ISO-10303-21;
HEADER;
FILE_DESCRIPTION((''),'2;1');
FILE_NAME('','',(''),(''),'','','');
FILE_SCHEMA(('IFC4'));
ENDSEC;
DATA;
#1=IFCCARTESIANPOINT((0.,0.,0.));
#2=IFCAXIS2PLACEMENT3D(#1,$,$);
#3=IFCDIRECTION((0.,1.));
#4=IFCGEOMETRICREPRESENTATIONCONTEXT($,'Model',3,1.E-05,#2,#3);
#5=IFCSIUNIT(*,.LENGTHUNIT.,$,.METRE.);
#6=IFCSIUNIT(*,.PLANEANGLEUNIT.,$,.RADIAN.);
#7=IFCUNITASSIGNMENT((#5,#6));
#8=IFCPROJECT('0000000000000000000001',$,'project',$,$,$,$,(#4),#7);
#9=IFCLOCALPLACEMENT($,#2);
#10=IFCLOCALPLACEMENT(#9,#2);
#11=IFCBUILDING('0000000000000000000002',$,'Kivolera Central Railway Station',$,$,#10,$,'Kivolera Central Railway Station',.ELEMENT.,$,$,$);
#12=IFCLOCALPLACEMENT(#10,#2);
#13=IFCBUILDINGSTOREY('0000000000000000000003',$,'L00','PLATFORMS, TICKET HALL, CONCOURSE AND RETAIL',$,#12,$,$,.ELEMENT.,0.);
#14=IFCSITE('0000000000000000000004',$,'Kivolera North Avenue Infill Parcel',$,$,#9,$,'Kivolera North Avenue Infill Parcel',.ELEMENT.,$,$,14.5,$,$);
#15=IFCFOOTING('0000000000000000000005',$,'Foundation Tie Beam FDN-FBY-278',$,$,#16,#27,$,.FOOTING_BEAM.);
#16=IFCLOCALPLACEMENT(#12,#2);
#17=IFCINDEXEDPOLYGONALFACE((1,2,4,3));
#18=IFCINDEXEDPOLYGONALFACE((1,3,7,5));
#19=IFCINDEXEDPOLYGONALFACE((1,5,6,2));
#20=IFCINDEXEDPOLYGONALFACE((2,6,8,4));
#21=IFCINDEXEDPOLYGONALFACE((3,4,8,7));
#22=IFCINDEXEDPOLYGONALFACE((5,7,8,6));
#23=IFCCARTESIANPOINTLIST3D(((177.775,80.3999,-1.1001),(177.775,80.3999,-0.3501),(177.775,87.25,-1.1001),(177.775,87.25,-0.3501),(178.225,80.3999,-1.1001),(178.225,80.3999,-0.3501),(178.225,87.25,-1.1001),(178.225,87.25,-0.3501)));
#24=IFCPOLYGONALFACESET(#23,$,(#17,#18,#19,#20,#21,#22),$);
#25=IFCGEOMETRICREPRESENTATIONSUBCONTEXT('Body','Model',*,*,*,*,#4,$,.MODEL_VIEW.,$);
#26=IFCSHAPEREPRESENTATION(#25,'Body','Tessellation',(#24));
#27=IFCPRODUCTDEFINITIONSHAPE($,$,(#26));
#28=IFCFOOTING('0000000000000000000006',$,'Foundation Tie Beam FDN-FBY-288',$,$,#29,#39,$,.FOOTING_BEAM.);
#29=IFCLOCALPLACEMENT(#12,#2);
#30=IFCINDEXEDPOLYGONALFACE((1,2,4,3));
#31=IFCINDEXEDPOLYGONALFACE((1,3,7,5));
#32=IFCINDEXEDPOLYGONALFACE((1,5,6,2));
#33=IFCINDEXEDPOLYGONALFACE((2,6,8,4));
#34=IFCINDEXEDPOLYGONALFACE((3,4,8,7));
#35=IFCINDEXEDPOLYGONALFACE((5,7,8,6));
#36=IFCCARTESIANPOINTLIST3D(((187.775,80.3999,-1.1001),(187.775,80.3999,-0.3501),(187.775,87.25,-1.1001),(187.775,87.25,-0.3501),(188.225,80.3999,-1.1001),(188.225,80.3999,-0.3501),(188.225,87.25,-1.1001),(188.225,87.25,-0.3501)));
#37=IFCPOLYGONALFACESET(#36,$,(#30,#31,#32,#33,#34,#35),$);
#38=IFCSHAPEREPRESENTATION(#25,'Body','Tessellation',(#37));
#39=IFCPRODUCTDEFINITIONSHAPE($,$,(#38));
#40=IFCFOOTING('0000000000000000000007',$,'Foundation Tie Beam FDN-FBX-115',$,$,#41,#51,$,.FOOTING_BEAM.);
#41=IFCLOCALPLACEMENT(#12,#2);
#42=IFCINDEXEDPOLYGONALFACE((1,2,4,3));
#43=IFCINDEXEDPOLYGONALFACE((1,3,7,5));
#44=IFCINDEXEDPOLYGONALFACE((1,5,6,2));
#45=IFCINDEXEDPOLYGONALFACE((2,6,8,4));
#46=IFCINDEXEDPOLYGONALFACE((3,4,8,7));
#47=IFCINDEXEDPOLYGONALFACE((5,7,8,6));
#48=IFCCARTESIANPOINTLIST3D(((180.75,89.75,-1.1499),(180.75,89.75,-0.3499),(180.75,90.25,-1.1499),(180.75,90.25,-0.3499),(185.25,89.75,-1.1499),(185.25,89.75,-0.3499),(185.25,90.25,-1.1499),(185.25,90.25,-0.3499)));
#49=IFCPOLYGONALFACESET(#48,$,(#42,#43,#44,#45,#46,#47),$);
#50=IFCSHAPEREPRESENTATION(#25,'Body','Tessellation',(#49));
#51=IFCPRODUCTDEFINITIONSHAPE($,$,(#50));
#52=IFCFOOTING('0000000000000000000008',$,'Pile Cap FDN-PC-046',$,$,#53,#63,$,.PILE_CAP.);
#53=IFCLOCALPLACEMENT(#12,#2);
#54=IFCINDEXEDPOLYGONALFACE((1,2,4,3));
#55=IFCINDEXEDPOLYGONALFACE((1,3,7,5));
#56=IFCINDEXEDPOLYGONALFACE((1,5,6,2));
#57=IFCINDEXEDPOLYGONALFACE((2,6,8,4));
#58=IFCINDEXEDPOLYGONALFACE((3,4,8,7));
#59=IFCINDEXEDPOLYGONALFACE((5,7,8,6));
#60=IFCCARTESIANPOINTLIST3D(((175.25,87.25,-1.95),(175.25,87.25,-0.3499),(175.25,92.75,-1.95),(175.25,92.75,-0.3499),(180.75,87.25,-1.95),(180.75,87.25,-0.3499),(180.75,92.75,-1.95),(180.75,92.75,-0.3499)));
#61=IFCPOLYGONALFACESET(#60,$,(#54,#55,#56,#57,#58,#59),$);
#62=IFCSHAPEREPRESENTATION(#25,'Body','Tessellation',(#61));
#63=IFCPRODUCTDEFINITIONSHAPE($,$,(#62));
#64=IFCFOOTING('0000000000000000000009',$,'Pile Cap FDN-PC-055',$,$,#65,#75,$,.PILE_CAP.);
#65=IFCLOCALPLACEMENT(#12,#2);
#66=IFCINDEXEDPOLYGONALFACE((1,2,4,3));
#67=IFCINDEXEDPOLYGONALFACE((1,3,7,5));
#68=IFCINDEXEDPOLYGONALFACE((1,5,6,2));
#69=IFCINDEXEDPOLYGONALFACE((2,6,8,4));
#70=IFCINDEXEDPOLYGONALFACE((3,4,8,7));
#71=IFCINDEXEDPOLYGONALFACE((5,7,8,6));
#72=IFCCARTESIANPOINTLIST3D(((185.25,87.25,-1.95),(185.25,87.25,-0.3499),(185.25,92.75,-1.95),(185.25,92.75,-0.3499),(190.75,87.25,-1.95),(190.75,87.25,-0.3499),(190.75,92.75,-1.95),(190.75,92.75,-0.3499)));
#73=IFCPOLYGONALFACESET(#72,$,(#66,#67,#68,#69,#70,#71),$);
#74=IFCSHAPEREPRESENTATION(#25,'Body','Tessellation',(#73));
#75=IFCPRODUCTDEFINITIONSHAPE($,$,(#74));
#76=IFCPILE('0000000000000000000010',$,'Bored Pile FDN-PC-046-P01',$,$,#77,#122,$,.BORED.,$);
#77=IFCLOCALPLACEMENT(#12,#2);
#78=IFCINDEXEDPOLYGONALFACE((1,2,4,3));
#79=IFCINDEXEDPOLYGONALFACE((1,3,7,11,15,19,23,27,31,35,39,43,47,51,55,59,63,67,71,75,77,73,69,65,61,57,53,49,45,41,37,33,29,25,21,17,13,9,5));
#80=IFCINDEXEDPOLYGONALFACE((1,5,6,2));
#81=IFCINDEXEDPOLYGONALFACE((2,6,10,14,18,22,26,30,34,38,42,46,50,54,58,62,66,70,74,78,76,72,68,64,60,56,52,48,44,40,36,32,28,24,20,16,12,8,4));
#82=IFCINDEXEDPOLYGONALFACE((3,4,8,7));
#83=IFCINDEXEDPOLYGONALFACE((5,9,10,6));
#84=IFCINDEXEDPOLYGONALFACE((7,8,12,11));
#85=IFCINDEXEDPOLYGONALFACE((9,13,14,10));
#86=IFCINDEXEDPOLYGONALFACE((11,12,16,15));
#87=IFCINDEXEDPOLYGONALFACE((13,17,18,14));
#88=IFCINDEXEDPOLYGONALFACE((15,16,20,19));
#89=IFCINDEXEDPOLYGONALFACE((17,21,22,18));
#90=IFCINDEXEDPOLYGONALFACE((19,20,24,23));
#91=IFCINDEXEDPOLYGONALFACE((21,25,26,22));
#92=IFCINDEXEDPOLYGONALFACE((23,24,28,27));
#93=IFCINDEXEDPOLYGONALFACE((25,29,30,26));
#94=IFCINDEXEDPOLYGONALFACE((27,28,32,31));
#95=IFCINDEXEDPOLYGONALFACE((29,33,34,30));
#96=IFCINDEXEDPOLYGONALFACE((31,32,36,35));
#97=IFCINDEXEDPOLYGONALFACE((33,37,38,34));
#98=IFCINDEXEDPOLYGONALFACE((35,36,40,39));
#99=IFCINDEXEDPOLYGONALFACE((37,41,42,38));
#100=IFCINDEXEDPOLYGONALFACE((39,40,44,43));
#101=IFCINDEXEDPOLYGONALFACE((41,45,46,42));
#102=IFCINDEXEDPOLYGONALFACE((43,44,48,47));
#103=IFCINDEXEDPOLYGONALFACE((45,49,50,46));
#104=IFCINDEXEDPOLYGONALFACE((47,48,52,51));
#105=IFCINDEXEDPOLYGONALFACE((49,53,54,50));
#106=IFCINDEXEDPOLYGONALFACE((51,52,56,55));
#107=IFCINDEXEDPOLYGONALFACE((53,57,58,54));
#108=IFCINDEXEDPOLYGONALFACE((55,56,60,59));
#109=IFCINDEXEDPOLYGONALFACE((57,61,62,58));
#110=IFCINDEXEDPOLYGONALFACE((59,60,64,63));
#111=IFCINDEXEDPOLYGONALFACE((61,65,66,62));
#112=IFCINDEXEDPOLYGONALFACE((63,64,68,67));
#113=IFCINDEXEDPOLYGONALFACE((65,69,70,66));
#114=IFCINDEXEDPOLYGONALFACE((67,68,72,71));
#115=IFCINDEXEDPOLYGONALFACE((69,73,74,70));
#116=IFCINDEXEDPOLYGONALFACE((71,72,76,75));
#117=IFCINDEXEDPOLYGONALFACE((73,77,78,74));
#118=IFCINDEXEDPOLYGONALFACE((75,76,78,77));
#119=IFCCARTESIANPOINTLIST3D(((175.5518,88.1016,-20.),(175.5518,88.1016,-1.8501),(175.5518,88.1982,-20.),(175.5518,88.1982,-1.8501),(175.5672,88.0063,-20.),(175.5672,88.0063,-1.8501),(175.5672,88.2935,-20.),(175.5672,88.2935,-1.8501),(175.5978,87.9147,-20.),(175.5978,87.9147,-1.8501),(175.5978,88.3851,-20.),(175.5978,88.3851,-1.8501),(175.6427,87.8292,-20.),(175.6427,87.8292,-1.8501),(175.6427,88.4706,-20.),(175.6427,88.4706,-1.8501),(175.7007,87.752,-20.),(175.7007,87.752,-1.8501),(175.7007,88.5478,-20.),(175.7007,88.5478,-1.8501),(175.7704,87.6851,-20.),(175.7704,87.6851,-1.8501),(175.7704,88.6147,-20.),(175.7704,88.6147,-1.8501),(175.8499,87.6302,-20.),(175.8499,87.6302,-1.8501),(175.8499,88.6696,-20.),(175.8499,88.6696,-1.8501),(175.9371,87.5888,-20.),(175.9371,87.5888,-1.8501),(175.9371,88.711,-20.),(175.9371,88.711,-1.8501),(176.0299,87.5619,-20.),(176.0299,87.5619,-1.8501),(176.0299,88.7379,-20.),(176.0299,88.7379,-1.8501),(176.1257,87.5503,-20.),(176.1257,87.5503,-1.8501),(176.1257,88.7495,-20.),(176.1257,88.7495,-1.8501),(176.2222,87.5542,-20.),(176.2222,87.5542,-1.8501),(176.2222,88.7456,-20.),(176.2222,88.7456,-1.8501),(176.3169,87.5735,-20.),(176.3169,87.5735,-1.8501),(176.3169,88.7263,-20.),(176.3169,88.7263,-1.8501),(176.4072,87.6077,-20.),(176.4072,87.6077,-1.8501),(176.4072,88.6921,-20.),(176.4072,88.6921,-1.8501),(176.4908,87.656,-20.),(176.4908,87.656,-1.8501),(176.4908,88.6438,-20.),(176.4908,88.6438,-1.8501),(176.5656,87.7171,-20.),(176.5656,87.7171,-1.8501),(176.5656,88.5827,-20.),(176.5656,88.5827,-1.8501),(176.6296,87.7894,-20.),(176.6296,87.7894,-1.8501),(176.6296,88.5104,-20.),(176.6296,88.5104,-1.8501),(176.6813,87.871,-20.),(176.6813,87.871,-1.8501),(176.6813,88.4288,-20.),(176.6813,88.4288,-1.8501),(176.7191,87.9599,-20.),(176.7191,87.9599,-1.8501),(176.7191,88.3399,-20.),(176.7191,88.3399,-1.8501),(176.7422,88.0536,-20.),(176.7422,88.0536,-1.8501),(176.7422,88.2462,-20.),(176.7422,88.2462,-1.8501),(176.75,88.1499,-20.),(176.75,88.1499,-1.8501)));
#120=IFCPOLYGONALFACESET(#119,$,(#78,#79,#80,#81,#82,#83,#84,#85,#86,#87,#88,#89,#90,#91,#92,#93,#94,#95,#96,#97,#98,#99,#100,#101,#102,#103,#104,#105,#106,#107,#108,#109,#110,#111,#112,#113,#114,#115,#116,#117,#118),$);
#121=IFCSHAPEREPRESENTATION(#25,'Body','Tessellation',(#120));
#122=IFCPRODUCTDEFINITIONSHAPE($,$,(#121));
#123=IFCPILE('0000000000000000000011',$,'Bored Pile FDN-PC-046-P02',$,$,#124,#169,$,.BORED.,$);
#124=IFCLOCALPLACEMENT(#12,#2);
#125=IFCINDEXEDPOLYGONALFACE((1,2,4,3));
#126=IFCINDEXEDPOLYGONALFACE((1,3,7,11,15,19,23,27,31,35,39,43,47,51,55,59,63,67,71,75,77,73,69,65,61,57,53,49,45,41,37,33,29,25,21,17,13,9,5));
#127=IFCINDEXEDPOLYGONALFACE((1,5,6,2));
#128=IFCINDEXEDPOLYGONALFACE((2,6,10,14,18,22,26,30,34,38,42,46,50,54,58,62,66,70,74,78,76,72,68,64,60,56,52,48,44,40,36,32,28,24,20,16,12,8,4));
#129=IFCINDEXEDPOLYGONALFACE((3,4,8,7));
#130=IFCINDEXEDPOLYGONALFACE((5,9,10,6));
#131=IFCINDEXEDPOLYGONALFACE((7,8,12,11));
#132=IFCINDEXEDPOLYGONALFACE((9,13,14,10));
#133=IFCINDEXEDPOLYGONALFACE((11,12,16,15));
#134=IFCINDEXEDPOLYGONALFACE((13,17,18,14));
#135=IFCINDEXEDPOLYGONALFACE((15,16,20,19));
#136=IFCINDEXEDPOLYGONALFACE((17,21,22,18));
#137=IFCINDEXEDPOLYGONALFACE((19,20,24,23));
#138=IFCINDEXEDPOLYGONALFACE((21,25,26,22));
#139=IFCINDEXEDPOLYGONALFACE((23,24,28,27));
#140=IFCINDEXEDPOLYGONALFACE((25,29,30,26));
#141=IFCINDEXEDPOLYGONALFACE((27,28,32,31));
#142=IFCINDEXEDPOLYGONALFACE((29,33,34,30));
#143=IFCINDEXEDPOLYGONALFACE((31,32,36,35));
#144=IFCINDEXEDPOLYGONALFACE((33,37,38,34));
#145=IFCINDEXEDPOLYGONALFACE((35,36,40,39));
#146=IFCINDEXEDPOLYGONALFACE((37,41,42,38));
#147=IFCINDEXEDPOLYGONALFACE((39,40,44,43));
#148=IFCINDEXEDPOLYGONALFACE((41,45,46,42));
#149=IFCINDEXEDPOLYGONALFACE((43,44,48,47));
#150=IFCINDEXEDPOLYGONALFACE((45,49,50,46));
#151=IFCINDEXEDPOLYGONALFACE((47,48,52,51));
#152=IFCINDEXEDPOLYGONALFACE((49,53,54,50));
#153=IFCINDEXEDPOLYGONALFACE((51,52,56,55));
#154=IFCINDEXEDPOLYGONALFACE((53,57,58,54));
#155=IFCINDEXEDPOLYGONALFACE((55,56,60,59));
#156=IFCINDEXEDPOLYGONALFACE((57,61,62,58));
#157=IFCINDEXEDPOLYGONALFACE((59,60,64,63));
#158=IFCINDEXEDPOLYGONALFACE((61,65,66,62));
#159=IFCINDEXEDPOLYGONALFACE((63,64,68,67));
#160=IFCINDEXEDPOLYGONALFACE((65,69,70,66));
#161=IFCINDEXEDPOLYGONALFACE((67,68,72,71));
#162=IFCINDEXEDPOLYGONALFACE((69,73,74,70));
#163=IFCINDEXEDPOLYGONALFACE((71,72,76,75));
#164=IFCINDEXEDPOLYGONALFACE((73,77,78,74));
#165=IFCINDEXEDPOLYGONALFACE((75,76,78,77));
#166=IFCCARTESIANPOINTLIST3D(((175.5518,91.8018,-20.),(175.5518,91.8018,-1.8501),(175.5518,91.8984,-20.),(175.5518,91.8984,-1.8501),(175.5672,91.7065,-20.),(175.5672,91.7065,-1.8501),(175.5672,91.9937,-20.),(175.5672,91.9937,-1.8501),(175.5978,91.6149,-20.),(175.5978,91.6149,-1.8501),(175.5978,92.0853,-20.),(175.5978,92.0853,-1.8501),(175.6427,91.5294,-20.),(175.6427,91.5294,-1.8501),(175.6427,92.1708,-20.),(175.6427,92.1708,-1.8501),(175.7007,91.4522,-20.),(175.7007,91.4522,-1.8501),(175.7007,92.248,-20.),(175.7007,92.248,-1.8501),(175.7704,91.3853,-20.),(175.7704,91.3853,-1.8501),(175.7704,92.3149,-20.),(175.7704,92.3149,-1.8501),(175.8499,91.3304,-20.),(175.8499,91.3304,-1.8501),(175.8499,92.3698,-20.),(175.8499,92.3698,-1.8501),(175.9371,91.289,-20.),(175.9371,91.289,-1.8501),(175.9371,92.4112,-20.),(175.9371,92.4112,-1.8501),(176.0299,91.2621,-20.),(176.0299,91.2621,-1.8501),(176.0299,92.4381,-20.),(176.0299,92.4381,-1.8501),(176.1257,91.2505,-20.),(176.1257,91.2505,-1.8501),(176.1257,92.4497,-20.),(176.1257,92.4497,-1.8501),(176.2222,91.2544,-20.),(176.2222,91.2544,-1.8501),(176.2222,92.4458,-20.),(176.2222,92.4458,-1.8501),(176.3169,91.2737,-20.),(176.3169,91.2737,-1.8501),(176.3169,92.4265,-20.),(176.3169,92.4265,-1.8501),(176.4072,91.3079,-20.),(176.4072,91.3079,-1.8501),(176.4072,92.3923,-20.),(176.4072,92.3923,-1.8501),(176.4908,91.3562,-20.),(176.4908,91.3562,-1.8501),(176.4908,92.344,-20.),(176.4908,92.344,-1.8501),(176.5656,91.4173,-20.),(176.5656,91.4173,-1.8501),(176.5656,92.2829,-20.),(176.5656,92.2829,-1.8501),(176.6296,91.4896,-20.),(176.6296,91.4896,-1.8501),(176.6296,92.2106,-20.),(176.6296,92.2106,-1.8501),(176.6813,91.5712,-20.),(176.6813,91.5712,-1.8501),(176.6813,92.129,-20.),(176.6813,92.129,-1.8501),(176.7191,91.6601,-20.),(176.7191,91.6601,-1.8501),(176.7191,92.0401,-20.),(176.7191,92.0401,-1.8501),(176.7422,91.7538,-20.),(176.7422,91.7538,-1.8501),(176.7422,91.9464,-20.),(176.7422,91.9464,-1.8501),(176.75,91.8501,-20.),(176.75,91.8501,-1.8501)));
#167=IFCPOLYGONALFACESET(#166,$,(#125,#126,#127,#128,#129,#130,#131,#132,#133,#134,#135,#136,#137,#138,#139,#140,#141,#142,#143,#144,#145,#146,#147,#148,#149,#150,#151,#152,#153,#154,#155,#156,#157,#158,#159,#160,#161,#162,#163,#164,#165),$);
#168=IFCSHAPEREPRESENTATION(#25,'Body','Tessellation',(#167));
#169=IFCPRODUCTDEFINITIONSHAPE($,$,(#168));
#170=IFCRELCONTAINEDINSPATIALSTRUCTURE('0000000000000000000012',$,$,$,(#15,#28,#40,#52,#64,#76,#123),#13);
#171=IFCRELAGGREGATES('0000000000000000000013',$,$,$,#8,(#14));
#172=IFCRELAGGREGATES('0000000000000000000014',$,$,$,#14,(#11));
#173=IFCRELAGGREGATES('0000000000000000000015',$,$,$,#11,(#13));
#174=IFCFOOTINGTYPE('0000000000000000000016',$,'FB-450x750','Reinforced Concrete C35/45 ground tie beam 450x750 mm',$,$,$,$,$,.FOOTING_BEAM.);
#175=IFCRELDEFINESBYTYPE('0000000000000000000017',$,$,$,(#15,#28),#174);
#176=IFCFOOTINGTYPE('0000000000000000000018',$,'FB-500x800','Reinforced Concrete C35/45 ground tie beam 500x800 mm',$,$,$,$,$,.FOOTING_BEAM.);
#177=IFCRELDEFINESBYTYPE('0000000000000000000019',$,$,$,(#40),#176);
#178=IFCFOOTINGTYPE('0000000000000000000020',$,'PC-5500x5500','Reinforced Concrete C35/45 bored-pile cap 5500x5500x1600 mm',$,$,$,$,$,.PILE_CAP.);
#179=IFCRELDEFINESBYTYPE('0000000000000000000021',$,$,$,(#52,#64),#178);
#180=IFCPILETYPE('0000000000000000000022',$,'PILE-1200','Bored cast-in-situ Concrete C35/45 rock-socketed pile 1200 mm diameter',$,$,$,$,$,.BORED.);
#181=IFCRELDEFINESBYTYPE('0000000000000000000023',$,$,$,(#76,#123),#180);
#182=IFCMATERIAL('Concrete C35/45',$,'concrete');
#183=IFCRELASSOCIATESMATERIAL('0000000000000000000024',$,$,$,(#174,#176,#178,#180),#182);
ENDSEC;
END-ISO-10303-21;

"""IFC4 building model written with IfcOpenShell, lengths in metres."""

from ifc_helpers import new_model, si_unit, direction, frame, origin, origin_2d, place, context, subcontext, project, spatial, rectangle, circle, extrude, material, material_profile, profile_set, type_object, element, save


model = new_model("IFC4")

# Units and contexts
model_context = context("Model", 3, precision=1e-05, world=origin(), true_north=direction((0.0, 1.0)))
body_context = subcontext(model_context, "Body", "Model", "MODEL_VIEW")
ifc_project = project(units=[si_unit("LENGTHUNIT", "METRE"), si_unit("PLANEANGLEUNIT", "RADIAN")], contexts=[model_context])

# Site, building, storey
site_placement = place(None, origin())
site = spatial("IfcSite", under=ifc_project, at=site_placement, Name="Kivolera North Avenue Infill Parcel", LongName="Kivolera North Avenue Infill Parcel", CompositionType="ELEMENT", RefElevation=14.5)
building_placement = place(site_placement, origin())
building = spatial("IfcBuilding", under=site, at=building_placement, Name="Kivolera Central Railway Station", LongName="Kivolera Central Railway Station", CompositionType="ELEMENT")
storey_placement = place(building_placement, origin())
storey = spatial("IfcBuildingStorey", under=building, at=storey_placement, Name="L00", Description="PLATFORMS, TICKET HALL, CONCOURSE AND RETAIL", CompositionType="ELEMENT", Elevation=0.0)

# Footings
ifc_material_1 = material(Name="Concrete C35/45", Category="concrete")
footing_type_1 = type_object("IfcFootingType", Name="FB-450x750", Description="Reinforced Concrete C35/45 ground tie beam 450x750 mm", PredefinedType="FOOTING_BEAM", material=ifc_material_1)
for number, where, z_axis, x_axis, name in (
    (1, (178.0, 83.825, -1.1001), (0.0, 0.0, 1.0), (1.0, 0.0, 0.0), "Foundation Tie Beam FDN-FBY-278"),
    (2, (188.0, 83.825, -1.1001), (0.0, 0.0, 1.0), (1.0, 0.0, 0.0), "Foundation Tie Beam FDN-FBY-288"),
):
    element("IfcFooting", number, at=place(storey_placement, frame(where, z_axis=z_axis, x_axis=x_axis)), inside=storey, type_object=footing_type_1, Name=name, PredefinedType="FOOTING_BEAM", context=body_context, shape_type="SweptSolid", body=[
        extrude(rectangle(XDim=0.45, YDim=6.8501, at=origin_2d()), origin(), (0.0, 0.0, 1.0), 0.75),
    ])
footing_type_2 = type_object("IfcFootingType", Name="FB-500x800", Description="Reinforced Concrete C35/45 ground tie beam 500x800 mm", PredefinedType="FOOTING_BEAM", material=ifc_material_1)
footing_placement = place(storey_placement, frame((183.0, 90.0, -1.1499), z_axis=(0.0, 0.0, 1.0), x_axis=(1.0, 0.0, 0.0)))
element("IfcFooting", 3, at=footing_placement, inside=storey, type_object=footing_type_2, Name="Foundation Tie Beam FDN-FBX-115", PredefinedType="FOOTING_BEAM", context=body_context, shape_type="SweptSolid", body=[
    extrude(rectangle(XDim=4.5, YDim=0.5, at=origin_2d()), origin(), (0.0, 0.0, 1.0), 0.8),
])
footing_type_3 = type_object("IfcFootingType", Name="PC-5500x5500", Description="Reinforced Concrete C35/45 bored-pile cap 5500x5500x1600 mm", PredefinedType="PILE_CAP", material=ifc_material_1)
for number, where, z_axis, x_axis, name in (
    (4, (178.0, 90.0, -1.95), (0.0, 0.0, 1.0), (1.0, 0.0, 0.0), "Pile Cap FDN-PC-046"),
    (5, (188.0, 90.0, -1.95), (0.0, 0.0, 1.0), (1.0, 0.0, 0.0), "Pile Cap FDN-PC-055"),
):
    element("IfcFooting", number, at=place(storey_placement, frame(where, z_axis=z_axis, x_axis=x_axis)), inside=storey, type_object=footing_type_3, Name=name, PredefinedType="PILE_CAP", context=body_context, shape_type="SweptSolid", body=[
        extrude(rectangle(XDim=5.5, YDim=5.5, at=origin_2d()), origin(), (0.0, 0.0, 1.0), 1.6001),
    ])

# Piles
ifc_material_profile_1 = material_profile(ifc_material_1, circle(Radius=0.6001, at=origin_2d()), Name="PILE D1200")
ifc_profile_set_1 = profile_set([ifc_material_profile_1], Name="Concrete C35/45")
pile_type = type_object("IfcPileType", Name="PILE-1200", Description="Bored cast-in-situ Concrete C35/45 rock-socketed pile 1200 mm diameter", PredefinedType="BORED", material=ifc_profile_set_1)
for number, where, z_axis, x_axis, name in (
    (6, (176.1499, 88.1499, -1.8501), (0.0, 0.0, -1.0), (1.0, 0.0, 0.0), "Bored Pile FDN-PC-046-P01"),
    (7, (176.1499, 91.8501, -1.8501), (0.0, 0.0, -1.0), (1.0, 0.0, 0.0), "Bored Pile FDN-PC-046-P02"),
):
    element("IfcPile", number, at=place(storey_placement, frame(where, z_axis=z_axis, x_axis=x_axis)), inside=storey, type_object=pile_type, Name=name, PredefinedType="BORED", context=body_context, shape_type="SweptSolid", body=[
        extrude(circle(Radius=0.6001, at=origin_2d()), origin(), (0.0, 0.0, 1.0), 18.1499),
    ])

save(model, "model.ifc")
